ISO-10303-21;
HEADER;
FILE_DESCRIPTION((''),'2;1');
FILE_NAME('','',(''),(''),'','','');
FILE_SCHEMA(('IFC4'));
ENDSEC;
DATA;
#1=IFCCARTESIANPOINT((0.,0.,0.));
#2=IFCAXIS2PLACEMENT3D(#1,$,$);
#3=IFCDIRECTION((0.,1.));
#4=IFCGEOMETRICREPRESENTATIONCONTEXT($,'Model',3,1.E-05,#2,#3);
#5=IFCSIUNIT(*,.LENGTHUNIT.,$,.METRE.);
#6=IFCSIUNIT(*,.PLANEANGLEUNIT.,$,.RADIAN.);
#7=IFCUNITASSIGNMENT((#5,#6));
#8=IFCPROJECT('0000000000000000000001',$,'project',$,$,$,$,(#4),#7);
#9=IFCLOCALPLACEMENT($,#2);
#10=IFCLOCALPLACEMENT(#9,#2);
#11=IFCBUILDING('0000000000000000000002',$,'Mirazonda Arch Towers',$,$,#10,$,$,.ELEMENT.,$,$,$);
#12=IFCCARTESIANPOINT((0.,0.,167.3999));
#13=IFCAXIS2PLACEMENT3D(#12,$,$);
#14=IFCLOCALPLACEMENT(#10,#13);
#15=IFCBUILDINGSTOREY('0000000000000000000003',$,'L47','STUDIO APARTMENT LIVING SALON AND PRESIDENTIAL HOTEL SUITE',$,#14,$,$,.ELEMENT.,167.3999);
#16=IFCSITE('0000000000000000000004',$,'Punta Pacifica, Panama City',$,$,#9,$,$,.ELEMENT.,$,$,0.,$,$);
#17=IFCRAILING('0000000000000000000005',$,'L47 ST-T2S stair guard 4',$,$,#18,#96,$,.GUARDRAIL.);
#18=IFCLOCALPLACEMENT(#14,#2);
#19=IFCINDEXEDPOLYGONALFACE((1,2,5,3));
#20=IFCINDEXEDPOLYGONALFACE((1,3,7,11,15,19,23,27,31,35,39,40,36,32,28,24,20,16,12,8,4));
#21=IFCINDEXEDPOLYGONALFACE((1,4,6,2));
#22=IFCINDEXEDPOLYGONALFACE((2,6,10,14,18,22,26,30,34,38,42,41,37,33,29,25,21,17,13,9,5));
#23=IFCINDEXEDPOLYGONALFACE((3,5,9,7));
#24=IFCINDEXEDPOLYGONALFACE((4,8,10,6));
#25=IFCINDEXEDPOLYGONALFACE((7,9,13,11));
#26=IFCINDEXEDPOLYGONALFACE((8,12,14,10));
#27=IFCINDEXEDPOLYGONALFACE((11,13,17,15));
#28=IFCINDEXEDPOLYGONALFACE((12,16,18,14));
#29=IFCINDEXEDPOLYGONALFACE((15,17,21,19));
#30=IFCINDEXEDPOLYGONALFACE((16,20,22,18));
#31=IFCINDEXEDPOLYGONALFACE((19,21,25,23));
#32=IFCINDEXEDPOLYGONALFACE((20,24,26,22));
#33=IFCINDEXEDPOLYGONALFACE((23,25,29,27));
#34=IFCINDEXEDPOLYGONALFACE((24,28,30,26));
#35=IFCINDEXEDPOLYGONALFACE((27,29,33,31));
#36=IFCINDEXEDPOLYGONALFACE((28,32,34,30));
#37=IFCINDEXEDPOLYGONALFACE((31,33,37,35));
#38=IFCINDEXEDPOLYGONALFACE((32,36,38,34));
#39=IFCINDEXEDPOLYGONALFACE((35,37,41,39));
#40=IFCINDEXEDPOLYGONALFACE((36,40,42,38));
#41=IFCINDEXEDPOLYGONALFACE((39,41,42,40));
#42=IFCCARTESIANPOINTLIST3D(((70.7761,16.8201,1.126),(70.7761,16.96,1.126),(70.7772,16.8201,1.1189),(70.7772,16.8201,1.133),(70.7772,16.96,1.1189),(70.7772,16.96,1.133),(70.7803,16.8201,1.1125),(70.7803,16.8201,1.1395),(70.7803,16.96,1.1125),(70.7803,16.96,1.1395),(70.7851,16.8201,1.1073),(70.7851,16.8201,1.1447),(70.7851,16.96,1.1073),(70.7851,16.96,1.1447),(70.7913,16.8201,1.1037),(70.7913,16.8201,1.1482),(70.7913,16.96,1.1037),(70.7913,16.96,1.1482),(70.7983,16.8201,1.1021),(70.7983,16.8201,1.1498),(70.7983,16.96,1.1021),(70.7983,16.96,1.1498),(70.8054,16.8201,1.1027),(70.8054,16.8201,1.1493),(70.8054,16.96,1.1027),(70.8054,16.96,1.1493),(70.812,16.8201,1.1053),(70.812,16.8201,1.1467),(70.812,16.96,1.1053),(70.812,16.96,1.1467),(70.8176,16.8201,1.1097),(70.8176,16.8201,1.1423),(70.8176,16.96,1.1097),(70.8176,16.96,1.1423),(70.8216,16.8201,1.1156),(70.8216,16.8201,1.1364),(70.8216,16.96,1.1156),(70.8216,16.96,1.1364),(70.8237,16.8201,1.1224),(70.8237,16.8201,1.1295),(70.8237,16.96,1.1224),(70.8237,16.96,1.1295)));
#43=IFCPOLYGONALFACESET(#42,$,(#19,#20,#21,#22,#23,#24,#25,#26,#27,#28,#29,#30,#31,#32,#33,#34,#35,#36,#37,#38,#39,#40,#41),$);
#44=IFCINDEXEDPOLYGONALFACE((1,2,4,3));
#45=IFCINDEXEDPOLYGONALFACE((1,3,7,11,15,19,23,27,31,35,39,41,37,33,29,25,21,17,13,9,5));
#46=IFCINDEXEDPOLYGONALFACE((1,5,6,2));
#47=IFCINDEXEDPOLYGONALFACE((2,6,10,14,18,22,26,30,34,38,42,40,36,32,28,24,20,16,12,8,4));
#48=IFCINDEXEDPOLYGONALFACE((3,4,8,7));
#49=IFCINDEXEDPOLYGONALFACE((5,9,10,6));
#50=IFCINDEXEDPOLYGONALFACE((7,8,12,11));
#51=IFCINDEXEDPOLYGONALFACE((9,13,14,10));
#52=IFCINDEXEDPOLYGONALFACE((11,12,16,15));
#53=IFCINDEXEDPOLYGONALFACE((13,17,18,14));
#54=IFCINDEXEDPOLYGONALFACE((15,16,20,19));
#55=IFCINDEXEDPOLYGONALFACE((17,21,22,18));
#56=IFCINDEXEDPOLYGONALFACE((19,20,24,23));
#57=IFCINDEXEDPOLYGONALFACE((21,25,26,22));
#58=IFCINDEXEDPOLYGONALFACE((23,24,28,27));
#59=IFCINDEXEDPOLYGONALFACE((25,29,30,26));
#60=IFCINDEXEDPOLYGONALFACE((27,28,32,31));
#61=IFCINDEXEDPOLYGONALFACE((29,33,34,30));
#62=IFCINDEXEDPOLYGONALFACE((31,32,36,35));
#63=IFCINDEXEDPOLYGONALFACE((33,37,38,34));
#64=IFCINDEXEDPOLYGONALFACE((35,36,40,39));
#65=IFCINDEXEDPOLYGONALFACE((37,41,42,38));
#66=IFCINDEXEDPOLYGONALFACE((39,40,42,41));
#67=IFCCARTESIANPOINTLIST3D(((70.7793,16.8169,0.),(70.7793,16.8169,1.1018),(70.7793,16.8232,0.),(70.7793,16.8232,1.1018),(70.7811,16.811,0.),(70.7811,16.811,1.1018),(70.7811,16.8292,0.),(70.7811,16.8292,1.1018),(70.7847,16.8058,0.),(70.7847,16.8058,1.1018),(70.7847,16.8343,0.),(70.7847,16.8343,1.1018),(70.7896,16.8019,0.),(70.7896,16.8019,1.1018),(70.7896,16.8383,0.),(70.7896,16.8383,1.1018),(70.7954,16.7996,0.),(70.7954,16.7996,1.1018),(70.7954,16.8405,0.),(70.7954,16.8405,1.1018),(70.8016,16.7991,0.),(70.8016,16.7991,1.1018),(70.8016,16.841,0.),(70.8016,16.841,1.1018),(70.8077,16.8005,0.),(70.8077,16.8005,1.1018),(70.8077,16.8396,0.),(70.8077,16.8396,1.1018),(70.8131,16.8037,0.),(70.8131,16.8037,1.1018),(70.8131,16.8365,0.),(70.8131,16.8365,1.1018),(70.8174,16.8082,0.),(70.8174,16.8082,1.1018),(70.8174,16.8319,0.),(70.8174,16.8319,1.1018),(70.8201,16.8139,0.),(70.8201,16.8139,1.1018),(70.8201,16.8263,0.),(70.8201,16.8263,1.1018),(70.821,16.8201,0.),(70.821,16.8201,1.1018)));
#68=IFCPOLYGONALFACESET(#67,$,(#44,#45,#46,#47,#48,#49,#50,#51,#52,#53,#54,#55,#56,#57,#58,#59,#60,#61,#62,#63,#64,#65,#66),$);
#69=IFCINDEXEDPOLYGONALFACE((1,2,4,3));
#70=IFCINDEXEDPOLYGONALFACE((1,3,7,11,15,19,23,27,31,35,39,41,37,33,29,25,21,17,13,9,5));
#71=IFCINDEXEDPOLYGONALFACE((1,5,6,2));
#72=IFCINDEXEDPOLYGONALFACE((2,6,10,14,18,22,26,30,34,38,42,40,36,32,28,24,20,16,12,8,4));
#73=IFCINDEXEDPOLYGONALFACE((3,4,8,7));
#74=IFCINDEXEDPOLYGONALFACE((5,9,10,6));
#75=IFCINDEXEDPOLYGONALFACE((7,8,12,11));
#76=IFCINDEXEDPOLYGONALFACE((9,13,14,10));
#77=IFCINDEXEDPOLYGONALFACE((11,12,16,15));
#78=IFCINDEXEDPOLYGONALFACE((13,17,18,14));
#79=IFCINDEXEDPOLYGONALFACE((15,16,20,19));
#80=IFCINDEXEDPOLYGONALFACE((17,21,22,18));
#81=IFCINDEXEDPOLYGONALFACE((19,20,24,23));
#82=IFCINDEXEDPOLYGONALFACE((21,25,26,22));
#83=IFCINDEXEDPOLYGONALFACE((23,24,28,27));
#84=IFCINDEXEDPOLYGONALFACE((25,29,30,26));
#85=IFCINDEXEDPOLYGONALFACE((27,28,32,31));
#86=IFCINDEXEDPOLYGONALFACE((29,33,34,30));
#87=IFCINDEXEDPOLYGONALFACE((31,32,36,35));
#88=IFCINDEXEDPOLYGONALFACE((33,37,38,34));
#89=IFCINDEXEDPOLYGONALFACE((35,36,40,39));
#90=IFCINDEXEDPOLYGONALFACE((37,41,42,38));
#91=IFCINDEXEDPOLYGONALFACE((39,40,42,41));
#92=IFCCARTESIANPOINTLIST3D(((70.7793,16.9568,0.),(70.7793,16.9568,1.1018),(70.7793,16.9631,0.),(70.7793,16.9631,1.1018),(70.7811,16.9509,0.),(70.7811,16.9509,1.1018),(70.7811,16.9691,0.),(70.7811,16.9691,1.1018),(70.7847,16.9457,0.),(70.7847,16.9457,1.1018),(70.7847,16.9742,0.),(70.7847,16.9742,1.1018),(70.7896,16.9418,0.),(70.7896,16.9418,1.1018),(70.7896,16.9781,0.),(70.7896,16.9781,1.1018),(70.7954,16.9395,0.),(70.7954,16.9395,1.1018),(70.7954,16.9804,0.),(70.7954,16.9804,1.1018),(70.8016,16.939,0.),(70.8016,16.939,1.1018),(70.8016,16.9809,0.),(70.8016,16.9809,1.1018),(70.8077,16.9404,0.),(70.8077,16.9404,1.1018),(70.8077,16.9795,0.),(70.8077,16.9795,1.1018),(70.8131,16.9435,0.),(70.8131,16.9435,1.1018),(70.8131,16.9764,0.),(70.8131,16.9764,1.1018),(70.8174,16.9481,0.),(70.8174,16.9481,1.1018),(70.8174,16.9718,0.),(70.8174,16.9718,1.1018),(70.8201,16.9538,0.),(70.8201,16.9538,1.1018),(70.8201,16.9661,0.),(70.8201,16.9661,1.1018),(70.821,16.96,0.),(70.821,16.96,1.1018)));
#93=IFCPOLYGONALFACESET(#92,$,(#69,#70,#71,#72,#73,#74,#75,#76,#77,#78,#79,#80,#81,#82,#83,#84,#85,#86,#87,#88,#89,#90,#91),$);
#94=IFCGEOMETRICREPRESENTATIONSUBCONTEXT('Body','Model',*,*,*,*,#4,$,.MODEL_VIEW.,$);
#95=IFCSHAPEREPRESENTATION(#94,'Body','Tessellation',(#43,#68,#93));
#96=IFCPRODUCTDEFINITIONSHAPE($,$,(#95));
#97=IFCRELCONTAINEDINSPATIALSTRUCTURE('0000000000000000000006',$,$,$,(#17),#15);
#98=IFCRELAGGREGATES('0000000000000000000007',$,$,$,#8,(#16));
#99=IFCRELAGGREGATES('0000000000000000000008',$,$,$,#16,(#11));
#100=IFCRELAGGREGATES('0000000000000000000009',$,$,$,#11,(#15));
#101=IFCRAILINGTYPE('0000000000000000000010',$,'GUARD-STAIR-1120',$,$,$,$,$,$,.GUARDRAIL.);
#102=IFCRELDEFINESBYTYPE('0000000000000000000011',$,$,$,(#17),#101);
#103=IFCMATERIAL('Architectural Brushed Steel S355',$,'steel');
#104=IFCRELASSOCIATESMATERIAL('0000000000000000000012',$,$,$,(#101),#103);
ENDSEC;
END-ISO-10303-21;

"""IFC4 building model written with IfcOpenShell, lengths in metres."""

from ifc_helpers import new_model, si_unit, direction, frame, origin, origin_2d, place, context, subcontext, project, spatial, circle, extrude, material, type_object, element, save


model = new_model("IFC4")

# Units and contexts
model_context = context("Model", 3, precision=1e-05, world=origin(), true_north=direction((0.0, 1.0)))
body_context = subcontext(model_context, "Body", "Model", "MODEL_VIEW")
ifc_project = project(units=[si_unit("LENGTHUNIT", "METRE"), si_unit("PLANEANGLEUNIT", "RADIAN")], contexts=[model_context])

# Site, building, storey
site_placement = place(None, origin())
site = spatial("IfcSite", under=ifc_project, at=site_placement, Name="Punta Pacifica, Panama City", CompositionType="ELEMENT", RefElevation=0.0)
building_placement = place(site_placement, origin())
building = spatial("IfcBuilding", under=site, at=building_placement, Name="Mirazonda Arch Towers", CompositionType="ELEMENT")
storey_placement = place(building_placement, frame((0.0, 0.0, 167.3999)))
storey = spatial("IfcBuildingStorey", under=building, at=storey_placement, Name="L47", Description="STUDIO APARTMENT LIVING SALON AND PRESIDENTIAL HOTEL SUITE", CompositionType="ELEMENT", Elevation=167.3999)

# Shared definitions
ifc_material_1 = material(Name="Architectural Brushed Steel S355", Category="steel")

# Railing
railing_type_1 = type_object("IfcRailingType", Name="GUARD-STAIR-1120", PredefinedType="GUARDRAIL", material=ifc_material_1)
railing_1_placement = place(storey_placement, frame((70.8, 16.8201, 0.0)))
element("IfcRailing", 1, at=railing_1_placement, inside=storey, type_object=railing_type_1, Name="L47 ST-T2S stair guard 4", PredefinedType="GUARDRAIL", context=body_context, shape_type="SweptSolid", body=[
    extrude(circle(Radius=0.0239, at=origin_2d()), frame((0.0, 0.0, 1.126), z_axis=(0.0, 1.0, 0.0), x_axis=(-1.0, 0.0, 0.0)), (0.0, 0.0, 1.0), 0.1399),
    extrude(circle(Radius=0.021, at=origin_2d()), origin(), (0.0, 0.0, 1.0), 1.1018),
    extrude(circle(Radius=0.021, at=origin_2d()), frame((0.0, 0.1399, 0.0)), (0.0, 0.0, 1.0), 1.1018),
])

save(model, "model.ifc")
